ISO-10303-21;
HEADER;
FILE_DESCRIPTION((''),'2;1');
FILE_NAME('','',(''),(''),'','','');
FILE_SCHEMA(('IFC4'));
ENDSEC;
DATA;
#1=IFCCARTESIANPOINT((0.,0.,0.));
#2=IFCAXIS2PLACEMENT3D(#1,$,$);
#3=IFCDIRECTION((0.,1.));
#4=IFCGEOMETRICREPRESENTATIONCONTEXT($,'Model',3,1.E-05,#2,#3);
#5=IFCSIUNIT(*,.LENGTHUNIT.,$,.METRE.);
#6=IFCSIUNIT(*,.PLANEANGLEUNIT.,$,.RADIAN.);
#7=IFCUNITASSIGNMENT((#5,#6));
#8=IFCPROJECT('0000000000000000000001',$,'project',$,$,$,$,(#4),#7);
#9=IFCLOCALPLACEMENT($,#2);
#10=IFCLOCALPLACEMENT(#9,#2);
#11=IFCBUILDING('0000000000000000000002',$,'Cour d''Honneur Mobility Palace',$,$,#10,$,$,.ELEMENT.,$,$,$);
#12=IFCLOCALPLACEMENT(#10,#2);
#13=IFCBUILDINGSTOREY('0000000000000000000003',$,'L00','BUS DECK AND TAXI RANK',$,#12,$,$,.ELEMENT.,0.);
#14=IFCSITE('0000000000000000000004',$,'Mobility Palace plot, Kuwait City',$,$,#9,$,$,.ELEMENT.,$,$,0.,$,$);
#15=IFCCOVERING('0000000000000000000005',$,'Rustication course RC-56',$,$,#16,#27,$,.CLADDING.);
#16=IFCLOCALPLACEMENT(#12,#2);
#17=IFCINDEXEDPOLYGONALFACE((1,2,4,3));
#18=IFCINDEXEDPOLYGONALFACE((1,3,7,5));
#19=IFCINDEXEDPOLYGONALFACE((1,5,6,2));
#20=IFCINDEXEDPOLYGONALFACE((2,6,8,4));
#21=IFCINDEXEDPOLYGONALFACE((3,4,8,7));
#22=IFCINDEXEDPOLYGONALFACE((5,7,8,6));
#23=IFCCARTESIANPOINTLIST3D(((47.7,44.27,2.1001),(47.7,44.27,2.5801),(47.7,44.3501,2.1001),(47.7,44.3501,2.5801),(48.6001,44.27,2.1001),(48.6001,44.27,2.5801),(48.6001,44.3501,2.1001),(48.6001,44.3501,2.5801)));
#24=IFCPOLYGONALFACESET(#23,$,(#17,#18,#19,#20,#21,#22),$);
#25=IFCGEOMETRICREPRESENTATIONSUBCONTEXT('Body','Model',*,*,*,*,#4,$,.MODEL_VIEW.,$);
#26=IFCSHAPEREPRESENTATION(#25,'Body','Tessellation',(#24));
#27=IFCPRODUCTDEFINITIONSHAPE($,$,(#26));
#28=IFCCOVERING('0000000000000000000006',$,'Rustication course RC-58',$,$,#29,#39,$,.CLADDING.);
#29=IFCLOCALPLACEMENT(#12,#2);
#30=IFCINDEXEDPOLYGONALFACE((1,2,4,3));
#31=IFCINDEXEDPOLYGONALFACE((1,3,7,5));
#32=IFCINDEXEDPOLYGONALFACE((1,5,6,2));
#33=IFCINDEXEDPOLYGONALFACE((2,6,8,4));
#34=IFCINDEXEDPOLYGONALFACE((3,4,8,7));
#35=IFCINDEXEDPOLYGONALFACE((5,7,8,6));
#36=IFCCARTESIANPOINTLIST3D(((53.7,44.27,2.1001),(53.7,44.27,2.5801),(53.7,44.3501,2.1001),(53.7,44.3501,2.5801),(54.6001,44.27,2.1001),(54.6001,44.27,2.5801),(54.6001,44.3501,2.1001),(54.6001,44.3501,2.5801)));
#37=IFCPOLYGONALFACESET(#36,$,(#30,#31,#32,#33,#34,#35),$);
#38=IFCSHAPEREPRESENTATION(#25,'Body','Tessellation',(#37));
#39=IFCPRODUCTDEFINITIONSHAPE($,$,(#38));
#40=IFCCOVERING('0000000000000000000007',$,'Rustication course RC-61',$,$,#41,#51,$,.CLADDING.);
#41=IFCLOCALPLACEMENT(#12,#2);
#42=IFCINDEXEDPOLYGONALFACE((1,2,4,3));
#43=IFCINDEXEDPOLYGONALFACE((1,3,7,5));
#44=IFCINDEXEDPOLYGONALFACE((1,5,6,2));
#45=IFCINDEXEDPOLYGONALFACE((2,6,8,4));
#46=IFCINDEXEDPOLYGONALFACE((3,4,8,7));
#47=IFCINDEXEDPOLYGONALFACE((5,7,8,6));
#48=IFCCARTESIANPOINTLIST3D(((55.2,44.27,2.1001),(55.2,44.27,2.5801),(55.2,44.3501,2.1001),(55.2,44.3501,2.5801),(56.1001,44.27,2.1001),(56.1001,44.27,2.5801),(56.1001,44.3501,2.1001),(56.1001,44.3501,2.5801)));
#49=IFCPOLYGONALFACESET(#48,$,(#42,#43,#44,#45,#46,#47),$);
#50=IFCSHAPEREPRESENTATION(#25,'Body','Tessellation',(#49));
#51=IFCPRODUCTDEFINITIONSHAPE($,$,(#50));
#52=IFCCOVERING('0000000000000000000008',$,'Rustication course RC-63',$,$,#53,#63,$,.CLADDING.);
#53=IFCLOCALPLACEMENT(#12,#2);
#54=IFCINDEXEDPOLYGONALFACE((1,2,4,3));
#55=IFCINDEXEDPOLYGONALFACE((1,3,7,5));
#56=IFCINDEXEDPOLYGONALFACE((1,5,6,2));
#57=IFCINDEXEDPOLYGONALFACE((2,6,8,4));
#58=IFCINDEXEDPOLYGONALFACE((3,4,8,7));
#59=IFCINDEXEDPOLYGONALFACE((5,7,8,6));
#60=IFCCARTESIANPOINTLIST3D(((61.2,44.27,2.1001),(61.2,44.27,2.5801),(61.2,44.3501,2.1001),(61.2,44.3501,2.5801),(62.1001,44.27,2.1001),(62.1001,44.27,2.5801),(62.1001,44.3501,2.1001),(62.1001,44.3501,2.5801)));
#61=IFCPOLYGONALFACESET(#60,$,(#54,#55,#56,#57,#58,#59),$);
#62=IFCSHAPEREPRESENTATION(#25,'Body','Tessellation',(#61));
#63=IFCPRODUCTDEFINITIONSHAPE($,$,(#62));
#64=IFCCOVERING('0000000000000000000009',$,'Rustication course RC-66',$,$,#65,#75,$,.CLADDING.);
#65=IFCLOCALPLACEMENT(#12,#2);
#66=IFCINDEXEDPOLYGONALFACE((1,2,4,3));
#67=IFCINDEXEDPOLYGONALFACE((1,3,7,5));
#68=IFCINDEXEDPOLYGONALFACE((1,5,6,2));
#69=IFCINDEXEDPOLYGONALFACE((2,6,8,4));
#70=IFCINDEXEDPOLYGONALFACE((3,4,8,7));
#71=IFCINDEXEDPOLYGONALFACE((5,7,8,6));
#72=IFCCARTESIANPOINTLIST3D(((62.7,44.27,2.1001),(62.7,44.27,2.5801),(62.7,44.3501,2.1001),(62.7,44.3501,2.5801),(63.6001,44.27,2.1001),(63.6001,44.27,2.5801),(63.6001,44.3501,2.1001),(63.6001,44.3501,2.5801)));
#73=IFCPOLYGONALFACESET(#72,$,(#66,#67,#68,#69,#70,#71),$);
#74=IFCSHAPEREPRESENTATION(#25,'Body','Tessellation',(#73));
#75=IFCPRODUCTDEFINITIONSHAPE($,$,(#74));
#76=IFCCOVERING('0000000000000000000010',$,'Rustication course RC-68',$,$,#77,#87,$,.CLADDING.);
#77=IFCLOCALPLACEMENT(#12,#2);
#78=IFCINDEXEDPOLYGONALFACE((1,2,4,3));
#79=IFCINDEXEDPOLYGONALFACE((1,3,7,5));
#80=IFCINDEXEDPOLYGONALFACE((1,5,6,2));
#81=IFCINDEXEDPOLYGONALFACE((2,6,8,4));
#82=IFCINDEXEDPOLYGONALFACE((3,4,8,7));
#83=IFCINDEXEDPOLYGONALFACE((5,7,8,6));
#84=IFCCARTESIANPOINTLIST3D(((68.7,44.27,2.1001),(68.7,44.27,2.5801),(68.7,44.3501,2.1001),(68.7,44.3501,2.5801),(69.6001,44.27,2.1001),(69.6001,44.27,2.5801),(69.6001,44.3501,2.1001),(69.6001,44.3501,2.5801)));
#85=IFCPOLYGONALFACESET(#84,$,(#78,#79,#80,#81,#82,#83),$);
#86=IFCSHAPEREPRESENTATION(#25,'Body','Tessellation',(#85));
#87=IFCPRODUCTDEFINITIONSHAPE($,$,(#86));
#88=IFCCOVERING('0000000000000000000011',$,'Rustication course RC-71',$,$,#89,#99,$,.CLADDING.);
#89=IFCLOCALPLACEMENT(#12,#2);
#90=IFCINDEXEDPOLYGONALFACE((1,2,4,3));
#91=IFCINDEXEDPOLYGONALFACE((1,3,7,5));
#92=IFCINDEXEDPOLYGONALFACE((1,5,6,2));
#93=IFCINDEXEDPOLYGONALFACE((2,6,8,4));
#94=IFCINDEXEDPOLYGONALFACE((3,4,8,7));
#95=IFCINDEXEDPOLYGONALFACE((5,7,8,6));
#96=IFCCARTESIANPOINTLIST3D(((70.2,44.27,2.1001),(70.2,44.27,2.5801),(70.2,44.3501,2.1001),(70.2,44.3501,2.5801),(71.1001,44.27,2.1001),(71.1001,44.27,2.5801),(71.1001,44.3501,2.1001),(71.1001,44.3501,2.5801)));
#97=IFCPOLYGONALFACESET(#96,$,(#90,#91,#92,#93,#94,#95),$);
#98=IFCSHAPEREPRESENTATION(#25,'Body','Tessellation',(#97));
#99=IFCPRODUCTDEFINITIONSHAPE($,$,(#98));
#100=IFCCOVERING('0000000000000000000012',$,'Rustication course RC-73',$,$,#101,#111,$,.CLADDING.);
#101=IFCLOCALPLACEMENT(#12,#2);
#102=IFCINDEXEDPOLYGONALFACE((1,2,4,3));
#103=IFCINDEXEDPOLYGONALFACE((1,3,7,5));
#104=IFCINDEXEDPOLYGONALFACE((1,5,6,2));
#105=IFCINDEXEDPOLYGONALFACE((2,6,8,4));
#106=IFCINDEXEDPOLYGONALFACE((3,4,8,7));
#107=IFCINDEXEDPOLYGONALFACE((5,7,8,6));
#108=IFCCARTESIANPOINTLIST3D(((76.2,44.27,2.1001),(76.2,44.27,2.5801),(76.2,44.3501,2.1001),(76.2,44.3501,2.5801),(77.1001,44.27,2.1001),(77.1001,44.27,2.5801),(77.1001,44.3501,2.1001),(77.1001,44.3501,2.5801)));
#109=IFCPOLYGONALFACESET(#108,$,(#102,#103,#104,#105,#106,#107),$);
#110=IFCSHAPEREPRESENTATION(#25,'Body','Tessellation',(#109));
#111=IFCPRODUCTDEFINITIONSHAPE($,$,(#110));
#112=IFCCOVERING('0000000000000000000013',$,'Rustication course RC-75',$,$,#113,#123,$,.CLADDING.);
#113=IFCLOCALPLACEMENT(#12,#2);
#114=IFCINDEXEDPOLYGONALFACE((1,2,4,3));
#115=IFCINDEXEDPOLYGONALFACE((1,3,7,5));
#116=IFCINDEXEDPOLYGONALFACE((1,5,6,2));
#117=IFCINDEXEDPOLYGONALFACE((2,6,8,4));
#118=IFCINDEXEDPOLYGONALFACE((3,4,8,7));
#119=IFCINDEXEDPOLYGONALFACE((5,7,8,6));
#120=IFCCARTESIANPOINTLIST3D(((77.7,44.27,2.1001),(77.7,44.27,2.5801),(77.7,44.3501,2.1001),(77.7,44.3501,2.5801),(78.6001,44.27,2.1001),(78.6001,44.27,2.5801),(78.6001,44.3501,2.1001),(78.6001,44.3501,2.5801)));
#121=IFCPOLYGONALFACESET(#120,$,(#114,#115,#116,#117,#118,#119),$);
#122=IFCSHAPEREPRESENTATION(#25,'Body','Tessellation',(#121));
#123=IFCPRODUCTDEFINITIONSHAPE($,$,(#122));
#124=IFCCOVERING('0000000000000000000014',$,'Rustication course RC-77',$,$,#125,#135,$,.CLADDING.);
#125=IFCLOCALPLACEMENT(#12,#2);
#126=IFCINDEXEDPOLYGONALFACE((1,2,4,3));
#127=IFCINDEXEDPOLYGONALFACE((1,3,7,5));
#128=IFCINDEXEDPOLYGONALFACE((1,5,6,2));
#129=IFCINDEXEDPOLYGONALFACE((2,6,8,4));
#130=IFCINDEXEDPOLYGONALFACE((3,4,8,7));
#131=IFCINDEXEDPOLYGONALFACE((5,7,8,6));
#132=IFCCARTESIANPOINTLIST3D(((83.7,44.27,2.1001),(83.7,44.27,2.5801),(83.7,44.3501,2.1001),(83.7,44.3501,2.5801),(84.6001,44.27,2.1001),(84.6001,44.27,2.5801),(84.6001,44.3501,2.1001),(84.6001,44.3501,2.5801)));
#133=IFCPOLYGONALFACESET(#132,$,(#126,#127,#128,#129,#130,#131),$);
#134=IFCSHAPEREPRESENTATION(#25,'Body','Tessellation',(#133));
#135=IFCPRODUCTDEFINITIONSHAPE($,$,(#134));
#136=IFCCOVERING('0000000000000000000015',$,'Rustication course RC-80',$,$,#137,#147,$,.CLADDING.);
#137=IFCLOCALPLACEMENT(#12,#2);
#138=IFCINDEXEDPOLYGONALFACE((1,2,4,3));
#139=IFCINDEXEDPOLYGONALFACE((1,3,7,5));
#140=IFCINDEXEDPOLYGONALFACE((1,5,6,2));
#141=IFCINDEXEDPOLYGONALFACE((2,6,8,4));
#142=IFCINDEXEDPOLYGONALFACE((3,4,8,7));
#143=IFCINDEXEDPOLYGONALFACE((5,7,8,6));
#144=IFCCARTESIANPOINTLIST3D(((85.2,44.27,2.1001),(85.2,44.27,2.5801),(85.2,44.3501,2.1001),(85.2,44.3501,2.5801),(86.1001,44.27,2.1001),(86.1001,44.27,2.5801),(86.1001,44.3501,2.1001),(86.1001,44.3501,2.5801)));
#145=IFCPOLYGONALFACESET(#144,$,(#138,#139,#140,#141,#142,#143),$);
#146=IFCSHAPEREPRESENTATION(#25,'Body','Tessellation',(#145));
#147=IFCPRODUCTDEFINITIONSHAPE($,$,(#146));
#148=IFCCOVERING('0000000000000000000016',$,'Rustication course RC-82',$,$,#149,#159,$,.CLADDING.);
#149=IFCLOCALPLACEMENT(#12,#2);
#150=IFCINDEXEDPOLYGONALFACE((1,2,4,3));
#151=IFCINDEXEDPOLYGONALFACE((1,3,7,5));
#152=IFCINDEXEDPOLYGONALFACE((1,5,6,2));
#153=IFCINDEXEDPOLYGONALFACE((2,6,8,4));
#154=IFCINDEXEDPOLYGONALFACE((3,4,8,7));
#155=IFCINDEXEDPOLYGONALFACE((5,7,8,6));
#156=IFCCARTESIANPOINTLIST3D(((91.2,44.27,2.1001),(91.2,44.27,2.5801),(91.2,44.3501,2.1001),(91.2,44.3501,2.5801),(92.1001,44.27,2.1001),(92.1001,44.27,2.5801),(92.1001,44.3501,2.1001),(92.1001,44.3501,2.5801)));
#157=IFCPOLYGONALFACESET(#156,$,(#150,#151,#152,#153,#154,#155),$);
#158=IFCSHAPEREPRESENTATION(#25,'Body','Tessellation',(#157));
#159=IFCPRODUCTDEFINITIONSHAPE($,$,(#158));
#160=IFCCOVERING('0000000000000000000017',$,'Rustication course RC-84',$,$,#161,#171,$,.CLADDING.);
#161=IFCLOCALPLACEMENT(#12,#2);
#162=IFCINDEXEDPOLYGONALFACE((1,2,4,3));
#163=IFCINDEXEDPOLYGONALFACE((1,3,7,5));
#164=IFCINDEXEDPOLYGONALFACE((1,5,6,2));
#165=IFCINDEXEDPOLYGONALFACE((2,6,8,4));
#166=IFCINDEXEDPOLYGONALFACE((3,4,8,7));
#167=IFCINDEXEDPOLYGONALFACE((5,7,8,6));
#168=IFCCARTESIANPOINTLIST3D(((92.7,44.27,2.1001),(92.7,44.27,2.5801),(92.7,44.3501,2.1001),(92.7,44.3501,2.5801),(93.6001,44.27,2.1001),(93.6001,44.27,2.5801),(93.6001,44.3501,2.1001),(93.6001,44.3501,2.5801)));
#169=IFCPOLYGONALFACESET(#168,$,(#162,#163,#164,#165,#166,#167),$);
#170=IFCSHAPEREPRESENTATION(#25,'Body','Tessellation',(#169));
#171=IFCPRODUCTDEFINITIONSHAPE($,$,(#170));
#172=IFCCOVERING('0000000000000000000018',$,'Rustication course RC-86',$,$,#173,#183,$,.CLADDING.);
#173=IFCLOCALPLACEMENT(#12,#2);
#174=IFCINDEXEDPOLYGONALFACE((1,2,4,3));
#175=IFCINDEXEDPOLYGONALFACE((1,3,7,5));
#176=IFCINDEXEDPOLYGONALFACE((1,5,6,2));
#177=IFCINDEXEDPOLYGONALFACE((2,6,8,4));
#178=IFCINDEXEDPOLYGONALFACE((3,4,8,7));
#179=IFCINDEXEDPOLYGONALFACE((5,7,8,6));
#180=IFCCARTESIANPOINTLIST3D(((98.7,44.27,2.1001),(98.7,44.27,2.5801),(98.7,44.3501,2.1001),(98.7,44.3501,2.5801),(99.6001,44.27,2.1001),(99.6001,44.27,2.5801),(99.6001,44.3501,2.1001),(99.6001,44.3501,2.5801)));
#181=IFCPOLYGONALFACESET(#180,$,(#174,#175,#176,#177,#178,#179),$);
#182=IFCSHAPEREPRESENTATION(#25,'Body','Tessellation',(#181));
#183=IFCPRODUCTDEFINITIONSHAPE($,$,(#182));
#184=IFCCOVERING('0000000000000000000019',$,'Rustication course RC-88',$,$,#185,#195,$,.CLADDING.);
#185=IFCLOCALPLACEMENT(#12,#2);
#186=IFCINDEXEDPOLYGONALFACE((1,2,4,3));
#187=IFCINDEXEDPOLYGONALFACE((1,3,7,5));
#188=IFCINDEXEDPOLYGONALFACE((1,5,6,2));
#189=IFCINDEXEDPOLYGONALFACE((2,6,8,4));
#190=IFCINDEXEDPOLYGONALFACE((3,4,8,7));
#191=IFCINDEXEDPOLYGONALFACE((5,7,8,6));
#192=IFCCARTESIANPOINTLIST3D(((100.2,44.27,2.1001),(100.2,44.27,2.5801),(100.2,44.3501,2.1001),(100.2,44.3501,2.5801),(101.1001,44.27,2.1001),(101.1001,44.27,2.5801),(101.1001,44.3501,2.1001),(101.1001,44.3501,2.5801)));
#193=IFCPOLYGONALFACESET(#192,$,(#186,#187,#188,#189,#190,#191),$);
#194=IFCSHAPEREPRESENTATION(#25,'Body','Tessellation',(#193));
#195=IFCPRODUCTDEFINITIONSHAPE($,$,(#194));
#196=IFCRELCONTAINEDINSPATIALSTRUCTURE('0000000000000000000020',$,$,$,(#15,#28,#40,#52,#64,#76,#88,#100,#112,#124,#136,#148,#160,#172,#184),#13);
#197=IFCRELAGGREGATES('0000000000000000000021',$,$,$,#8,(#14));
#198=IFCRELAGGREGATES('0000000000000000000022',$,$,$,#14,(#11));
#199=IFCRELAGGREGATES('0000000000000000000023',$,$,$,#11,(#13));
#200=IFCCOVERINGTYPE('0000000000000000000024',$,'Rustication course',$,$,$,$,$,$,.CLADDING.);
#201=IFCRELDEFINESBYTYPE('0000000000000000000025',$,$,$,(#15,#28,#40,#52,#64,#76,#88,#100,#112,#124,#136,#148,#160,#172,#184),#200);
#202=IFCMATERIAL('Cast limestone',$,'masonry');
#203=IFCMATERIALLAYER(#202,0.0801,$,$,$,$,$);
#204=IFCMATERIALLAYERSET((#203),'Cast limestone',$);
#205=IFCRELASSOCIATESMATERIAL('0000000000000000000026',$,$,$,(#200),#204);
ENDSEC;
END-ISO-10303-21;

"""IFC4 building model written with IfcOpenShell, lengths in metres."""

from ifc_helpers import new_model, si_unit, direction, frame, origin, place, context, subcontext, project, spatial, polyline, outline, extrude, material, layer, layer_set, type_object, element, save


model = new_model("IFC4")

# Units and contexts
model_context = context("Model", 3, precision=1e-05, world=origin(), true_north=direction((0.0, 1.0)))
body_context = subcontext(model_context, "Body", "Model", "MODEL_VIEW")
ifc_project = project(units=[si_unit("LENGTHUNIT", "METRE"), si_unit("PLANEANGLEUNIT", "RADIAN")], contexts=[model_context])

# Site, building, storey
site_placement = place(None, origin())
site = spatial("IfcSite", under=ifc_project, at=site_placement, Name="Mobility Palace plot, Kuwait City", CompositionType="ELEMENT", RefElevation=0.0)
building_placement = place(site_placement, origin())
building = spatial("IfcBuilding", under=site, at=building_placement, Name="Cour d'Honneur Mobility Palace", CompositionType="ELEMENT")
storey_placement = place(building_placement, origin())
storey = spatial("IfcBuildingStorey", under=building, at=storey_placement, Name="L00", Description="BUS DECK AND TAXI RANK", CompositionType="ELEMENT", Elevation=0.0)

# Coverings
ifc_material = material(Name="Cast limestone", Category="masonry")
ifc_layer = layer(ifc_material, 0.0801)
ifc_layer_set = layer_set([ifc_layer], Name="Cast limestone")
covering_type = type_object("IfcCoveringType", Name="Rustication course", PredefinedType="CLADDING", material=ifc_layer_set)
covering_1_placement = place(storey_placement, frame((0.0, 0.0, 2.1001)))
element("IfcCovering", 1, at=covering_1_placement, inside=storey, type_object=covering_type, Name="Rustication course RC-56", PredefinedType="CLADDING", context=body_context, shape_type="SweptSolid", body=[
    extrude(outline(polyline([(47.7, 44.3501), (48.6001, 44.3501), (48.6001, 44.27), (47.7, 44.27), (47.7, 44.3501)])), origin(), (0.0, 0.0, 1.0), 0.48),
])
covering_2_placement = place(storey_placement, frame((0.0, 0.0, 2.1001)))
element("IfcCovering", 2, at=covering_2_placement, inside=storey, type_object=covering_type, Name="Rustication course RC-58", PredefinedType="CLADDING", context=body_context, shape_type="SweptSolid", body=[
    extrude(outline(polyline([(53.7, 44.3501), (54.6001, 44.3501), (54.6001, 44.27), (53.7, 44.27), (53.7, 44.3501)])), origin(), (0.0, 0.0, 1.0), 0.48),
])
covering_3_placement = place(storey_placement, frame((0.0, 0.0, 2.1001)))
element("IfcCovering", 3, at=covering_3_placement, inside=storey, type_object=covering_type, Name="Rustication course RC-61", PredefinedType="CLADDING", context=body_context, shape_type="SweptSolid", body=[
    extrude(outline(polyline([(55.2, 44.3501), (56.1001, 44.3501), (56.1001, 44.27), (55.2, 44.27), (55.2, 44.3501)])), origin(), (0.0, 0.0, 1.0), 0.48),
])
covering_4_placement = place(storey_placement, frame((0.0, 0.0, 2.1001)))
element("IfcCovering", 4, at=covering_4_placement, inside=storey, type_object=covering_type, Name="Rustication course RC-63", PredefinedType="CLADDING", context=body_context, shape_type="SweptSolid", body=[
    extrude(outline(polyline([(61.2, 44.3501), (62.1001, 44.3501), (62.1001, 44.27), (61.2, 44.27), (61.2, 44.3501)])), origin(), (0.0, 0.0, 1.0), 0.48),
])
covering_5_placement = place(storey_placement, frame((0.0, 0.0, 2.1001)))
element("IfcCovering", 5, at=covering_5_placement, inside=storey, type_object=covering_type, Name="Rustication course RC-66", PredefinedType="CLADDING", context=body_context, shape_type="SweptSolid", body=[
    extrude(outline(polyline([(62.7, 44.3501), (63.6001, 44.3501), (63.6001, 44.27), (62.7, 44.27), (62.7, 44.3501)])), origin(), (0.0, 0.0, 1.0), 0.48),
])
covering_6_placement = place(storey_placement, frame((0.0, 0.0, 2.1001)))
element("IfcCovering", 6, at=covering_6_placement, inside=storey, type_object=covering_type, Name="Rustication course RC-68", PredefinedType="CLADDING", context=body_context, shape_type="SweptSolid", body=[
    extrude(outline(polyline([(68.7, 44.3501), (69.6001, 44.3501), (69.6001, 44.27), (68.7, 44.27), (68.7, 44.3501)])), origin(), (0.0, 0.0, 1.0), 0.48),
])
covering_7_placement = place(storey_placement, frame((0.0, 0.0, 2.1001)))
element("IfcCovering", 7, at=covering_7_placement, inside=storey, type_object=covering_type, Name="Rustication course RC-71", PredefinedType="CLADDING", context=body_context, shape_type="SweptSolid", body=[
    extrude(outline(polyline([(70.2, 44.3501), (71.1001, 44.3501), (71.1001, 44.27), (70.2, 44.27), (70.2, 44.3501)])), origin(), (0.0, 0.0, 1.0), 0.48),
])
covering_8_placement = place(storey_placement, frame((0.0, 0.0, 2.1001)))
element("IfcCovering", 8, at=covering_8_placement, inside=storey, type_object=covering_type, Name="Rustication course RC-73", PredefinedType="CLADDING", context=body_context, shape_type="SweptSolid", body=[
    extrude(outline(polyline([(76.2, 44.3501), (77.1001, 44.3501), (77.1001, 44.27), (76.2, 44.27), (76.2, 44.3501)])), origin(), (0.0, 0.0, 1.0), 0.48),
])
covering_9_placement = place(storey_placement, frame((0.0, 0.0, 2.1001)))
element("IfcCovering", 9, at=covering_9_placement, inside=storey, type_object=covering_type, Name="Rustication course RC-75", PredefinedType="CLADDING", context=body_context, shape_type="SweptSolid", body=[
    extrude(outline(polyline([(77.7, 44.3501), (78.6001, 44.3501), (78.6001, 44.27), (77.7, 44.27), (77.7, 44.3501)])), origin(), (0.0, 0.0, 1.0), 0.48),
])
covering_10_placement = place(storey_placement, frame((0.0, 0.0, 2.1001)))
element("IfcCovering", 10, at=covering_10_placement, inside=storey, type_object=covering_type, Name="Rustication course RC-77", PredefinedType="CLADDING", context=body_context, shape_type="SweptSolid", body=[
    extrude(outline(polyline([(83.7, 44.3501), (84.6001, 44.3501), (84.6001, 44.27), (83.7, 44.27), (83.7, 44.3501)])), origin(), (0.0, 0.0, 1.0), 0.48),
])
covering_11_placement = place(storey_placement, frame((0.0, 0.0, 2.1001)))
element("IfcCovering", 11, at=covering_11_placement, inside=storey, type_object=covering_type, Name="Rustication course RC-80", PredefinedType="CLADDING", context=body_context, shape_type="SweptSolid", body=[
    extrude(outline(polyline([(85.2, 44.3501), (86.1001, 44.3501), (86.1001, 44.27), (85.2, 44.27), (85.2, 44.3501)])), origin(), (0.0, 0.0, 1.0), 0.48),
])
covering_12_placement = place(storey_placement, frame((0.0, 0.0, 2.1001)))
element("IfcCovering", 12, at=covering_12_placement, inside=storey, type_object=covering_type, Name="Rustication course RC-82", PredefinedType="CLADDING", context=body_context, shape_type="SweptSolid", body=[
    extrude(outline(polyline([(91.2, 44.3501), (92.1001, 44.3501), (92.1001, 44.27), (91.2, 44.27), (91.2, 44.3501)])), origin(), (0.0, 0.0, 1.0), 0.48),
])
covering_13_placement = place(storey_placement, frame((0.0, 0.0, 2.1001)))
element("IfcCovering", 13, at=covering_13_placement, inside=storey, type_object=covering_type, Name="Rustication course RC-84", PredefinedType="CLADDING", context=body_context, shape_type="SweptSolid", body=[
    extrude(outline(polyline([(92.7, 44.3501), (93.6001, 44.3501), (93.6001, 44.27), (92.7, 44.27), (92.7, 44.3501)])), origin(), (0.0, 0.0, 1.0), 0.48),
])
covering_14_placement = place(storey_placement, frame((0.0, 0.0, 2.1001)))
element("IfcCovering", 14, at=covering_14_placement, inside=storey, type_object=covering_type, Name="Rustication course RC-86", PredefinedType="CLADDING", context=body_context, shape_type="SweptSolid", body=[
    extrude(outline(polyline([(98.7, 44.3501), (99.6001, 44.3501), (99.6001, 44.27), (98.7, 44.27), (98.7, 44.3501)])), origin(), (0.0, 0.0, 1.0), 0.48),
])
covering_15_placement = place(storey_placement, frame((0.0, 0.0, 2.1001)))
element("IfcCovering", 15, at=covering_15_placement, inside=storey, type_object=covering_type, Name="Rustication course RC-88", PredefinedType="CLADDING", context=body_context, shape_type="SweptSolid", body=[
    extrude(outline(polyline([(100.2, 44.3501), (101.1001, 44.3501), (101.1001, 44.27), (100.2, 44.27), (100.2, 44.3501)])), origin(), (0.0, 0.0, 1.0), 0.48),
])

save(model, "model.ifc")
